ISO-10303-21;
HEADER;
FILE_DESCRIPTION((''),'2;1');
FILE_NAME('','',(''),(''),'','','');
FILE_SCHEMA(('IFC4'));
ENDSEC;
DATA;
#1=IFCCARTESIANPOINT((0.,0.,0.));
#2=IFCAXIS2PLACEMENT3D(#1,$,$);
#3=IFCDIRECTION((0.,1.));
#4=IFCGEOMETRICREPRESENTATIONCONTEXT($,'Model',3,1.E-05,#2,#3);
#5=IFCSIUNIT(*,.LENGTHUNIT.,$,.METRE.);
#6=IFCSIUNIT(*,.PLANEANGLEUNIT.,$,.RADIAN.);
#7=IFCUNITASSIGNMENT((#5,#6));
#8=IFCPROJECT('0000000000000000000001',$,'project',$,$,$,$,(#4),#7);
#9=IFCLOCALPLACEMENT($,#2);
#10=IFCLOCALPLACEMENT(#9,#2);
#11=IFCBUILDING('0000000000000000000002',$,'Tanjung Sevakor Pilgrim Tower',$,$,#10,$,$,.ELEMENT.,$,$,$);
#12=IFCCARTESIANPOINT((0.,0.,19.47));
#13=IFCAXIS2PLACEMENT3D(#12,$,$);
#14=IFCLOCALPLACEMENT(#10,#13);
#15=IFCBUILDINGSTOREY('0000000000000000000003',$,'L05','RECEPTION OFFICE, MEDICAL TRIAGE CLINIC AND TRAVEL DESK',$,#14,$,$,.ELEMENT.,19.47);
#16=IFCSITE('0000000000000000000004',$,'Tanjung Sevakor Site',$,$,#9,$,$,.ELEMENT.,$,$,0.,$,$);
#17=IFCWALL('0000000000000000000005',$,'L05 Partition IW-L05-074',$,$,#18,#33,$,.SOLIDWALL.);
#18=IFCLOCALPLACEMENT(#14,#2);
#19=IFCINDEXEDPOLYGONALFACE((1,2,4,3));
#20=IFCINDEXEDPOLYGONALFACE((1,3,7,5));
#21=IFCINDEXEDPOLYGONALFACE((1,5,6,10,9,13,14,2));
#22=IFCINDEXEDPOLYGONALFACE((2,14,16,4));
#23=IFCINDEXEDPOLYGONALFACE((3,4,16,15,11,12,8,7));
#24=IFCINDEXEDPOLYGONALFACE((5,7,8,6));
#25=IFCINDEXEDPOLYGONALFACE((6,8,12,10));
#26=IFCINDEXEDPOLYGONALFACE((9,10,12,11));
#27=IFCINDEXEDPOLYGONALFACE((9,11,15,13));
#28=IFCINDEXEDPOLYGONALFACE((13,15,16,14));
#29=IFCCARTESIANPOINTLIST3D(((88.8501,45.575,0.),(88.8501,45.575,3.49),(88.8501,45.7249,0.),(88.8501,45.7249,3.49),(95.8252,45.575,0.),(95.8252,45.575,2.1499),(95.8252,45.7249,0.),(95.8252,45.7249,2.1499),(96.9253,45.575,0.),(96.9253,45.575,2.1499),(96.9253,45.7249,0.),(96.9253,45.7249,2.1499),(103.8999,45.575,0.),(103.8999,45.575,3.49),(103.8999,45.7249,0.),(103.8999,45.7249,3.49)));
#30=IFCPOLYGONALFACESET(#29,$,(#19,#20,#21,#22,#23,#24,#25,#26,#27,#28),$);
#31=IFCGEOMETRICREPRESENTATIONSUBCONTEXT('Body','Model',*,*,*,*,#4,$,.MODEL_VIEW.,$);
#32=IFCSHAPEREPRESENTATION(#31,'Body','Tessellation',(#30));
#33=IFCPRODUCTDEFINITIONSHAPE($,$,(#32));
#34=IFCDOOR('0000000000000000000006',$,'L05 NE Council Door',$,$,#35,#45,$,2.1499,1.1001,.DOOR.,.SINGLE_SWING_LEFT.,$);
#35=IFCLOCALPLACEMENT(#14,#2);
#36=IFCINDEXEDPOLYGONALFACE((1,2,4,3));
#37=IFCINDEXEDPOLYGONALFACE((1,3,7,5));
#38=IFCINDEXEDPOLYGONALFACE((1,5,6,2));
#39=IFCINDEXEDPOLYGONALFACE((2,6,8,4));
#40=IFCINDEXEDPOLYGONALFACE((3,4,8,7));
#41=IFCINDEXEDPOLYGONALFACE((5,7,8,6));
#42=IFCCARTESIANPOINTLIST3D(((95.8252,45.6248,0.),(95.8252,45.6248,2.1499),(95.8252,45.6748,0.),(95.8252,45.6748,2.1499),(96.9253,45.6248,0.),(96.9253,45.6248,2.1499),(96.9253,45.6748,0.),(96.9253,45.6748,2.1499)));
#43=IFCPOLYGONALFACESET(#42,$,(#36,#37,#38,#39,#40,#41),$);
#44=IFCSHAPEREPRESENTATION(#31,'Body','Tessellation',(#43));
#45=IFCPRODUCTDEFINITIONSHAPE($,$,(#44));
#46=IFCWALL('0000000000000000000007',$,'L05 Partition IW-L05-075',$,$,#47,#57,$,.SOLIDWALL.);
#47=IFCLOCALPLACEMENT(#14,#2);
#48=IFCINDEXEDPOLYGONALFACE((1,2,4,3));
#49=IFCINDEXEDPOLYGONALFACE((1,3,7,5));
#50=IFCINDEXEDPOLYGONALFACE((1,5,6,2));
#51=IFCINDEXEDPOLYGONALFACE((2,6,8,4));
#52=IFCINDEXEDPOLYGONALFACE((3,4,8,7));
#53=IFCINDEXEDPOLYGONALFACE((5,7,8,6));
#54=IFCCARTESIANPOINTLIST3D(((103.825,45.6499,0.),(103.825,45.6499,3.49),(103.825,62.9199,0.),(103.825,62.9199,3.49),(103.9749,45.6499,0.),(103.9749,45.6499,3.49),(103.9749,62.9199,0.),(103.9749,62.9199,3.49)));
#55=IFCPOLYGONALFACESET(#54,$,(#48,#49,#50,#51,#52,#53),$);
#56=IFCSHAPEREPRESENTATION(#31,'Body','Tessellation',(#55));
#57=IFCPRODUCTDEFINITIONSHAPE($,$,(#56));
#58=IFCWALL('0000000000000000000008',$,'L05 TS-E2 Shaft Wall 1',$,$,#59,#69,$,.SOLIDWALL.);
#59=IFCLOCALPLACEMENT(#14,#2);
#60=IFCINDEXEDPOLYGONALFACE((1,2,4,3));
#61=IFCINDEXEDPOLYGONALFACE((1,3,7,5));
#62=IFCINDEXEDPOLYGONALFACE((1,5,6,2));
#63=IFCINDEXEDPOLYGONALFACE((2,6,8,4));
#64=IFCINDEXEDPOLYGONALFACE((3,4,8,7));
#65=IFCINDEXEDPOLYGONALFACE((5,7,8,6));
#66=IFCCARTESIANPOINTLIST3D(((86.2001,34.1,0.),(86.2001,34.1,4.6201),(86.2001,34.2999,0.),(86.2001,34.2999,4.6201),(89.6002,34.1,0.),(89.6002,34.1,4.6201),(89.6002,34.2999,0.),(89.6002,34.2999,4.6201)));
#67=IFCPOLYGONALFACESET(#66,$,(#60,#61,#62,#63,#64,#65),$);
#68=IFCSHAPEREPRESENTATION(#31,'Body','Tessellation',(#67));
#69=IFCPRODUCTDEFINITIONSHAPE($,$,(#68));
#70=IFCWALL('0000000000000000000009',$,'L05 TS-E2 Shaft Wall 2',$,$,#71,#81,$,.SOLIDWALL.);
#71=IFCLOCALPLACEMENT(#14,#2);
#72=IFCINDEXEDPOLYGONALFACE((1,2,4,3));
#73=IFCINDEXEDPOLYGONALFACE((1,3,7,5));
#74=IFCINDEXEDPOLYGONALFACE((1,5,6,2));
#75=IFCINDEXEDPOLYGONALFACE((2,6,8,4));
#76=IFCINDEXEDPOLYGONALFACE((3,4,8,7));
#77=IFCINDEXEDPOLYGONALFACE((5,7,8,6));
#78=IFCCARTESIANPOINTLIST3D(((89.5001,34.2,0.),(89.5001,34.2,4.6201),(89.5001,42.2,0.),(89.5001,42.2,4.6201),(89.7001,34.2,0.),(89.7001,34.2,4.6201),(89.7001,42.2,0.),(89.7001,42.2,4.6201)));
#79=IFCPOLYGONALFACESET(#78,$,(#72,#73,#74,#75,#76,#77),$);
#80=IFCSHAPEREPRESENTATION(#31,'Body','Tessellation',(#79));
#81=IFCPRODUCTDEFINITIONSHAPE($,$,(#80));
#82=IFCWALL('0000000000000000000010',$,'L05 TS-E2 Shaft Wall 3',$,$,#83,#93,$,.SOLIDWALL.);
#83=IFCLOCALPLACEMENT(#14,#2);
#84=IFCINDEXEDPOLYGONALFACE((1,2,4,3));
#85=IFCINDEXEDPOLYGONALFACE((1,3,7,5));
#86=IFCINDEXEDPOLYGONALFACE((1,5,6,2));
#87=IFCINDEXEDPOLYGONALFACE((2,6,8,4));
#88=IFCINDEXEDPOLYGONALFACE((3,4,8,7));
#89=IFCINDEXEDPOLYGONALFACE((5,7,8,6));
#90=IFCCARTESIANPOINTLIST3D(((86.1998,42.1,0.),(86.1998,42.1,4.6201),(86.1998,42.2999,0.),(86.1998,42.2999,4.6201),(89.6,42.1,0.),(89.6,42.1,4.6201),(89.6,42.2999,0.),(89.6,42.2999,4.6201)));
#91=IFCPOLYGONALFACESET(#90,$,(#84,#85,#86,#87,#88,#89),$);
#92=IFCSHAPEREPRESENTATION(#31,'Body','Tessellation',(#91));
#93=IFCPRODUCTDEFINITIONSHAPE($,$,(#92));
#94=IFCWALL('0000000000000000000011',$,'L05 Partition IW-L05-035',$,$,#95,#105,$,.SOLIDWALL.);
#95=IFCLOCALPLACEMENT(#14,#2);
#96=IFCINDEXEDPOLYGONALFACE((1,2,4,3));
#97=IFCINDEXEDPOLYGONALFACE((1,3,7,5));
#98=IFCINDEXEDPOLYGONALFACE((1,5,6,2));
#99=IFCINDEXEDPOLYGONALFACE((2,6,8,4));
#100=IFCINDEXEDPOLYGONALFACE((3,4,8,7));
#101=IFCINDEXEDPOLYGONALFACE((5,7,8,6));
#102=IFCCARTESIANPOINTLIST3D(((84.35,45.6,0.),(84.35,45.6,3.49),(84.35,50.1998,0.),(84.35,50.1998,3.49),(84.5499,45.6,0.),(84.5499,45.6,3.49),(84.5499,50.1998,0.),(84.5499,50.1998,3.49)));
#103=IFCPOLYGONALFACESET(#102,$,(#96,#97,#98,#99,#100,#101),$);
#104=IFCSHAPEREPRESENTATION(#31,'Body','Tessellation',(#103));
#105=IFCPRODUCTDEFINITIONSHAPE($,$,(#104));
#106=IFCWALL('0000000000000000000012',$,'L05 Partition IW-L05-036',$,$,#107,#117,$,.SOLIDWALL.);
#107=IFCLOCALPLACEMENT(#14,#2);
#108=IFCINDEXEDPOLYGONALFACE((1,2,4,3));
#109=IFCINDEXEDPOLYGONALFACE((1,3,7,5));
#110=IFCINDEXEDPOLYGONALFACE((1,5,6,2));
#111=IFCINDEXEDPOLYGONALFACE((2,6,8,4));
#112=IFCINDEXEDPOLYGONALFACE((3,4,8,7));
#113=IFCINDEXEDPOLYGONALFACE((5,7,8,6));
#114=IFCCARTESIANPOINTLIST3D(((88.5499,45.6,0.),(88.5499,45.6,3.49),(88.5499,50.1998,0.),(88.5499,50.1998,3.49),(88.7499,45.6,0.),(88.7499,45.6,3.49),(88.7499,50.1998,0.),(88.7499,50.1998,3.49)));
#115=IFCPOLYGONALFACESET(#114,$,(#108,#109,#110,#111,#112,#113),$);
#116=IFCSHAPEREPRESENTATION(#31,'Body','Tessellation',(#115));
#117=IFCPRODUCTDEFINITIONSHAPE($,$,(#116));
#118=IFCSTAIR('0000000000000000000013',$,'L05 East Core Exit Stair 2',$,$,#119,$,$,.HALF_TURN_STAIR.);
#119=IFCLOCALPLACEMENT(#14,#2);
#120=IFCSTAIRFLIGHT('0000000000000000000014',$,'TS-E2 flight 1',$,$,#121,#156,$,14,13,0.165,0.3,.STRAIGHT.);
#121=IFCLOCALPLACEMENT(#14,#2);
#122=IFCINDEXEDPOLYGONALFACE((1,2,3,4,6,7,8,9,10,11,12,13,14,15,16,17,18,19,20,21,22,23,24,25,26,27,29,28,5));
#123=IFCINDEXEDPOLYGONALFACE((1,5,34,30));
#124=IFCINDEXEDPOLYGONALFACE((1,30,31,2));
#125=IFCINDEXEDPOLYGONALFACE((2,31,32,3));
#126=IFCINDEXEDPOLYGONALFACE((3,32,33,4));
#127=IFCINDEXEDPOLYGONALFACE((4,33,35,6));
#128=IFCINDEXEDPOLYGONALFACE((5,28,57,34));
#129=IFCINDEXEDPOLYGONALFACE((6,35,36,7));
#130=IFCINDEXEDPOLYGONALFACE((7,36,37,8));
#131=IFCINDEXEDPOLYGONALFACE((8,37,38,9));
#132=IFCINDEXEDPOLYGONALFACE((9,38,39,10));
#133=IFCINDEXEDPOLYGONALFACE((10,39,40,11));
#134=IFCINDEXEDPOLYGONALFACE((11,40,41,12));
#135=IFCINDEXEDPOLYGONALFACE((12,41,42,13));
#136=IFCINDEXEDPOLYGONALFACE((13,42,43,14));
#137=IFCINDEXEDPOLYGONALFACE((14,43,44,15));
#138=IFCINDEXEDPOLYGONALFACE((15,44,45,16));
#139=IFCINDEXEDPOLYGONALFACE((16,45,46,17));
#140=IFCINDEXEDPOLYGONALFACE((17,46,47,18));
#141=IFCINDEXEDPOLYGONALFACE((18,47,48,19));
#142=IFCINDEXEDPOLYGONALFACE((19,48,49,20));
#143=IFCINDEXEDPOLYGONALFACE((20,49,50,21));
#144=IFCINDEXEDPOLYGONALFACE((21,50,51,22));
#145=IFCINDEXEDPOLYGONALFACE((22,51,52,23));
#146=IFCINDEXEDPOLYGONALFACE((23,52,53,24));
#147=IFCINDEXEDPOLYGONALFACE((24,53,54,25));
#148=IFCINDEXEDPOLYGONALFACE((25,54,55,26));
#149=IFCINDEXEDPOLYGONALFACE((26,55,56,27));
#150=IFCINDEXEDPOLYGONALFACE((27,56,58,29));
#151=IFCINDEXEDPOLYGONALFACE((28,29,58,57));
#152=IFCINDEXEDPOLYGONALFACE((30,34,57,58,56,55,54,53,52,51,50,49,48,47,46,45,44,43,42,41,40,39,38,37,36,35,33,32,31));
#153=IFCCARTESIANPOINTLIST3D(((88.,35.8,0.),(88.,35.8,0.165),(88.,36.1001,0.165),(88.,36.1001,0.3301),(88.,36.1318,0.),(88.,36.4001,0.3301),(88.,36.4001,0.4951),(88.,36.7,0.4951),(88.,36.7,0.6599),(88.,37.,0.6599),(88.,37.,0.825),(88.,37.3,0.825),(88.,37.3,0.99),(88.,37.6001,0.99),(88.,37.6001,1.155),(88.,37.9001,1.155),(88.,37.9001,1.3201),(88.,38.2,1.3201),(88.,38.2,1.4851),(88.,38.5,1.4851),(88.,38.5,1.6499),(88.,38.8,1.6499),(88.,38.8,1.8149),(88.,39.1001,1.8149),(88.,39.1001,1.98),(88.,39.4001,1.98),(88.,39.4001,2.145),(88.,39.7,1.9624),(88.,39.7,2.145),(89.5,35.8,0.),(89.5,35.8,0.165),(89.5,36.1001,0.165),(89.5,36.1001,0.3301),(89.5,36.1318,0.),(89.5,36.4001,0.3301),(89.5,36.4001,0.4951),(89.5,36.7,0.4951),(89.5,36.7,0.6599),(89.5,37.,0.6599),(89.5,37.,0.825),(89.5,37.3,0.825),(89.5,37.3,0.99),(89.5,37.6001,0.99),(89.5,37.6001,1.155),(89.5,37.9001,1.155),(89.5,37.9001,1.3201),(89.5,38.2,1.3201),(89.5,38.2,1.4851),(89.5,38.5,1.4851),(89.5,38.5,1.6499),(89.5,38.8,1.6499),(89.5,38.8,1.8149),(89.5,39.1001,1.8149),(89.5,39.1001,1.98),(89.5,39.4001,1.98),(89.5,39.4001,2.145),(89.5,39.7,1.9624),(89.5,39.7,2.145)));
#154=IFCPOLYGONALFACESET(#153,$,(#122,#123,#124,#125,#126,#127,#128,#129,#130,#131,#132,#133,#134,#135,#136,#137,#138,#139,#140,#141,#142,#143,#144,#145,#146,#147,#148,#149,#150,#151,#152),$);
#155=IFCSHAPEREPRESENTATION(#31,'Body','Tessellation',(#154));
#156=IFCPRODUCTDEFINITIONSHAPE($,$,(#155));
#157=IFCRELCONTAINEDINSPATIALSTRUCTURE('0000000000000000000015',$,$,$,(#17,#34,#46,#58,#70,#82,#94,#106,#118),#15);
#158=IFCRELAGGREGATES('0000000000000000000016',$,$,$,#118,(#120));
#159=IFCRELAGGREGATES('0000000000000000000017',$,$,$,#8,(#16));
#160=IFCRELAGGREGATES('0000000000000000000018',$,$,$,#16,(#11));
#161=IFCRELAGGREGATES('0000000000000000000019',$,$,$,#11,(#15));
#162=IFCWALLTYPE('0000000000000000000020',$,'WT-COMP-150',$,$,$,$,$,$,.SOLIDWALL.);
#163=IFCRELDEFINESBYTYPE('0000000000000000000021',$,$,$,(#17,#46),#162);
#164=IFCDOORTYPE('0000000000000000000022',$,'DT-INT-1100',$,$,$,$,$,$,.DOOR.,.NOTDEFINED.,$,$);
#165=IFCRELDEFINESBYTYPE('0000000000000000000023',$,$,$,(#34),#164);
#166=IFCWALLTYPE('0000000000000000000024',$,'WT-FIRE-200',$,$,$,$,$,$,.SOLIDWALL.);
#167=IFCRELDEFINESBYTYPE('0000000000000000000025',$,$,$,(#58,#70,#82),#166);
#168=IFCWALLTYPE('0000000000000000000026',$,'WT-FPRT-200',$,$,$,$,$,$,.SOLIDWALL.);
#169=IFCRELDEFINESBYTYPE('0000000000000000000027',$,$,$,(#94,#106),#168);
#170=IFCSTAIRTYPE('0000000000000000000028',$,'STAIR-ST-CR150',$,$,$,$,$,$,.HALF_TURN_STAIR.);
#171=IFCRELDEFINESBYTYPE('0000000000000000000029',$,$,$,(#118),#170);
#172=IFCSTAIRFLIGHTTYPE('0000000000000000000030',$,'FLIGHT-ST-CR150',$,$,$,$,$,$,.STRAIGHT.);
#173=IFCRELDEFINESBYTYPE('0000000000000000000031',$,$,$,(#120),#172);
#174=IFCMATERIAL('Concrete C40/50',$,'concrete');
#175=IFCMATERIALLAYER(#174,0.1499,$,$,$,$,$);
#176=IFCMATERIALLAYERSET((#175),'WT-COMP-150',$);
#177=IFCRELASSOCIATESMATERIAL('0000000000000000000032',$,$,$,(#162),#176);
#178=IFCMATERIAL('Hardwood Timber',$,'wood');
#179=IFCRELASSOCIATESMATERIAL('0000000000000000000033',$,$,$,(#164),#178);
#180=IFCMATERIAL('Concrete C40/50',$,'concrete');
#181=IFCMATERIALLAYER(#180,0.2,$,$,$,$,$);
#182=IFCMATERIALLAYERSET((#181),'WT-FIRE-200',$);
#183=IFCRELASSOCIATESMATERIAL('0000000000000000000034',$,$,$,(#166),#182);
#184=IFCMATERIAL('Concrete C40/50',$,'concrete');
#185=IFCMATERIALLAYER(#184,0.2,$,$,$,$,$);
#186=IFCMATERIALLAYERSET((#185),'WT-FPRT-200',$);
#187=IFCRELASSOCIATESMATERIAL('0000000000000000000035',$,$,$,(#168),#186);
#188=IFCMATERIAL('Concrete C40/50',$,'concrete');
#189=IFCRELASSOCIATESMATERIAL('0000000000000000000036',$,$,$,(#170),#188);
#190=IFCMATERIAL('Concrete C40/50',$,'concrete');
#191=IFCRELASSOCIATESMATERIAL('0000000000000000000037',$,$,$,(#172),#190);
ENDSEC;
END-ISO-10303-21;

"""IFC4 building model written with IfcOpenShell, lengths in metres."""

from ifc_helpers import new_model, si_unit, direction, frame, frame_2d, origin, place, context, subcontext, project, spatial, polyline, rectangle, outline, extrude, material, layer, layer_set, type_object, element, fill, aggregate, save


model = new_model("IFC4")

# Units and contexts
model_context = context("Model", 3, precision=1e-05, world=origin(), true_north=direction((0.0, 1.0)))
body_context = subcontext(model_context, "Body", "Model", "MODEL_VIEW")
ifc_project = project(units=[si_unit("LENGTHUNIT", "METRE"), si_unit("PLANEANGLEUNIT", "RADIAN")], contexts=[model_context])

# Site, building, storey
site_placement = place(None, origin())
site = spatial("IfcSite", under=ifc_project, at=site_placement, Name="Tanjung Sevakor Site", CompositionType="ELEMENT", RefElevation=0.0)
building_placement = place(site_placement, origin())
building = spatial("IfcBuilding", under=site, at=building_placement, Name="Tanjung Sevakor Pilgrim Tower", CompositionType="ELEMENT")
storey_placement = place(building_placement, frame((0.0, 0.0, 19.47)))
storey = spatial("IfcBuildingStorey", under=building, at=storey_placement, Name="L05", Description="RECEPTION OFFICE, MEDICAL TRIAGE CLINIC AND TRAVEL DESK", CompositionType="ELEMENT", Elevation=19.47)

# Shared definitions
ifc_material_1 = material(Name="Concrete C40/50", Category="concrete")
ifc_layer_1 = layer(ifc_material_1, 0.1499)
ifc_layer_set_1 = layer_set([ifc_layer_1], Name="WT-COMP-150")
wall_type_1 = type_object("IfcWallType", Name="WT-COMP-150", PredefinedType="SOLIDWALL", material=ifc_layer_set_1)

# Wall, opening, door
wall_1_placement = place(storey_placement, frame((88.8501, 45.6499, 0.0), z_axis=(0.0, 0.0, 1.0), x_axis=(1.0, 0.0, 0.0)))
wall_1 = element("IfcWall", 1, at=wall_1_placement, inside=storey, type_object=wall_type_1, Name="L05 Partition IW-L05-074", PredefinedType="SOLIDWALL", context=body_context, shape_type="SweptSolid", body=[
    extrude(rectangle(XDim=15.0498, YDim=0.1499, at=frame_2d((7.5249, 0.0))), origin(), (0.0, 0.0, 1.0), 3.49),
])
opening_placement = place(wall_1_placement, frame((6.9751, 0.0, 0.0)))
opening = element("IfcOpeningElement", 2, at=opening_placement, cuts=wall_1, PredefinedType="OPENING", context=body_context, shape_type="SweptSolid", body=[
    extrude(rectangle(XDim=1.1001, YDim=2.1499, at=frame_2d((0.55, 1.075))), frame((0.0, 0.085, 0.0), z_axis=(0.0, -1.0, 0.0), x_axis=(1.0, 0.0, 0.0)), (0.0, 0.0, 1.0), 0.1699),
])
ifc_material_2 = material(Name="Hardwood Timber", Category="wood")
door_type = type_object("IfcDoorType", Name="DT-INT-1100", OperationType="NOTDEFINED", PredefinedType="DOOR", material=ifc_material_2)
door_placement = place(opening_placement, origin())
door = element("IfcDoor", 3, at=door_placement, inside=storey, type_object=door_type, Name="L05 NE Council Door", OperationType="SINGLE_SWING_LEFT", OverallHeight=2.1499, OverallWidth=1.1001, PredefinedType="DOOR", context=body_context, shape_type="SweptSolid", body=[
    extrude(rectangle(XDim=1.1001, YDim=2.1499, at=frame_2d((0.55, 1.075))), frame((0.0, 0.0249, 0.0), z_axis=(0.0, -1.0, 0.0), x_axis=(1.0, 0.0, 0.0)), (0.0, 0.0, 1.0), 0.05),
])
fill(opening, door)

# Walls
wall_2_placement = place(storey_placement, frame((103.8999, 45.6499, 0.0), z_axis=(0.0, 0.0, 1.0), x_axis=(0.0, 1.0, 0.0)))
element("IfcWall", 4, at=wall_2_placement, inside=storey, type_object=wall_type_1, Name="L05 Partition IW-L05-075", PredefinedType="SOLIDWALL", context=body_context, shape_type="SweptSolid", body=[
    extrude(rectangle(XDim=17.27, YDim=0.1499, at=frame_2d((8.635, 0.0))), origin(), (0.0, 0.0, 1.0), 3.49),
])
ifc_material_3 = material(Name="Concrete C40/50", Category="concrete")
ifc_layer_2 = layer(ifc_material_3, 0.2)
ifc_layer_set_2 = layer_set([ifc_layer_2], Name="WT-FIRE-200")
wall_type_2 = type_object("IfcWallType", Name="WT-FIRE-200", PredefinedType="SOLIDWALL", material=ifc_layer_set_2)
wall_3_placement = place(storey_placement, frame((86.2, 34.2, 0.0), z_axis=(0.0, 0.0, 1.0), x_axis=(1.0, 0.0, 0.0)))
element("IfcWall", 5, at=wall_3_placement, inside=storey, type_object=wall_type_2, Name="L05 TS-E2 Shaft Wall 1", PredefinedType="SOLIDWALL", context=body_context, shape_type="SweptSolid", body=[
    extrude(rectangle(XDim=3.4001, YDim=0.2, at=frame_2d((1.7002, 0.0))), origin(), (0.0, 0.0, 1.0), 4.6201),
])
wall_4_placement = place(storey_placement, frame((89.6001, 34.2, 0.0), z_axis=(0.0, 0.0, 1.0), x_axis=(0.0, 1.0, 0.0)))
element("IfcWall", 6, at=wall_4_placement, inside=storey, type_object=wall_type_2, Name="L05 TS-E2 Shaft Wall 2", PredefinedType="SOLIDWALL", context=body_context, shape_type="SweptSolid", body=[
    extrude(rectangle(XDim=8.0, YDim=0.2, at=frame_2d((4.0, 0.0))), origin(), (0.0, 0.0, 1.0), 4.6201),
])
wall_5_placement = place(storey_placement, frame((89.6001, 42.2, 0.0), z_axis=(0.0, 0.0, 1.0), x_axis=(-1.0, 0.0, 0.0)))
element("IfcWall", 7, at=wall_5_placement, inside=storey, type_object=wall_type_2, Name="L05 TS-E2 Shaft Wall 3", PredefinedType="SOLIDWALL", context=body_context, shape_type="SweptSolid", body=[
    extrude(rectangle(XDim=3.4001, YDim=0.2, at=frame_2d((1.7002, 0.0))), origin(), (0.0, 0.0, 1.0), 4.6201),
])
ifc_material_4 = material(Name="Concrete C40/50", Category="concrete")
ifc_layer_3 = layer(ifc_material_4, 0.2)
ifc_layer_set_3 = layer_set([ifc_layer_3], Name="WT-FPRT-200")
wall_type_3 = type_object("IfcWallType", Name="WT-FPRT-200", PredefinedType="SOLIDWALL", material=ifc_layer_set_3)
for number, where, z_axis, x_axis, name in (
    (8, (84.45, 45.6001, 0.0), (0.0, 0.0, 1.0), (0.0, 1.0, 0.0), "L05 Partition IW-L05-035"),
    (9, (88.6499, 45.6001, 0.0), (0.0, 0.0, 1.0), (0.0, 1.0, 0.0), "L05 Partition IW-L05-036"),
):
    element("IfcWall", number, at=place(storey_placement, frame(where, z_axis=z_axis, x_axis=x_axis)), inside=storey, type_object=wall_type_3, Name=name, PredefinedType="SOLIDWALL", context=body_context, shape_type="SweptSolid", body=[
        extrude(rectangle(XDim=4.5999, YDim=0.2, at=frame_2d((2.2998, 0.0))), origin(), (0.0, 0.0, 1.0), 3.49),
    ])

# Stair, stair flight
ifc_material_5 = material(Name="Concrete C40/50", Category="concrete")
stair_type = type_object("IfcStairType", Name="STAIR-ST-CR150", PredefinedType="HALF_TURN_STAIR", material=ifc_material_5)
stair_placement = place(storey_placement, origin())
stair = element("IfcStair", 10, at=stair_placement, inside=storey, type_object=stair_type, Name="L05 East Core Exit Stair 2", PredefinedType="HALF_TURN_STAIR")
ifc_material_6 = material(Name="Concrete C40/50", Category="concrete")
stair_flight_type = type_object("IfcStairFlightType", Name="FLIGHT-ST-CR150", PredefinedType="STRAIGHT", material=ifc_material_6)
stair_flight_1_placement = place(storey_placement, frame((88.75, 35.8, 0.0), z_axis=(0.0, 0.0, 1.0), x_axis=(0.0, 1.0, 0.0)))
stair_flight_1 = element("IfcStairFlight", 11, at=stair_flight_1_placement, type_object=stair_flight_type, Name="TS-E2 flight 1", NumberOfRisers=14, NumberOfTreads=13, PredefinedType="STRAIGHT", RiserHeight=0.165, TreadLength=0.3, context=body_context, shape_type="SweptSolid", body=[
    extrude(outline(polyline([(0.0, 0.0), (0.0, 0.165), (0.3, 0.165), (0.3, 0.3301), (0.6001, 0.3301), (0.6001, 0.4951), (0.8999, 0.4951), (0.8999, 0.6599), (1.2, 0.6599), (1.2, 0.825), (1.5, 0.825), (1.5, 0.99), (1.8, 0.99), (1.8, 1.155), (2.1001, 1.155), (2.1001, 1.3201), (2.3999, 1.3201), (2.3999, 1.4851), (2.7, 1.4851), (2.7, 1.6499), (3.0, 1.6499), (3.0, 1.8149), (3.3, 1.8149), (3.3, 1.98), (3.6001, 1.98), (3.6001, 2.145), (3.8999, 2.145), (3.8999, 2.3101), (3.8999, 1.9624), (0.3318, 0.0), (0.0, 0.0)])), frame((0.0, 0.75, 0.0), z_axis=(0.0, -1.0, 0.0), x_axis=(1.0, 0.0, 0.0)), (0.0, 0.0, 1.0), 1.5),
])
aggregate(stair, [stair_flight_1])

save(model, "model.ifc")
